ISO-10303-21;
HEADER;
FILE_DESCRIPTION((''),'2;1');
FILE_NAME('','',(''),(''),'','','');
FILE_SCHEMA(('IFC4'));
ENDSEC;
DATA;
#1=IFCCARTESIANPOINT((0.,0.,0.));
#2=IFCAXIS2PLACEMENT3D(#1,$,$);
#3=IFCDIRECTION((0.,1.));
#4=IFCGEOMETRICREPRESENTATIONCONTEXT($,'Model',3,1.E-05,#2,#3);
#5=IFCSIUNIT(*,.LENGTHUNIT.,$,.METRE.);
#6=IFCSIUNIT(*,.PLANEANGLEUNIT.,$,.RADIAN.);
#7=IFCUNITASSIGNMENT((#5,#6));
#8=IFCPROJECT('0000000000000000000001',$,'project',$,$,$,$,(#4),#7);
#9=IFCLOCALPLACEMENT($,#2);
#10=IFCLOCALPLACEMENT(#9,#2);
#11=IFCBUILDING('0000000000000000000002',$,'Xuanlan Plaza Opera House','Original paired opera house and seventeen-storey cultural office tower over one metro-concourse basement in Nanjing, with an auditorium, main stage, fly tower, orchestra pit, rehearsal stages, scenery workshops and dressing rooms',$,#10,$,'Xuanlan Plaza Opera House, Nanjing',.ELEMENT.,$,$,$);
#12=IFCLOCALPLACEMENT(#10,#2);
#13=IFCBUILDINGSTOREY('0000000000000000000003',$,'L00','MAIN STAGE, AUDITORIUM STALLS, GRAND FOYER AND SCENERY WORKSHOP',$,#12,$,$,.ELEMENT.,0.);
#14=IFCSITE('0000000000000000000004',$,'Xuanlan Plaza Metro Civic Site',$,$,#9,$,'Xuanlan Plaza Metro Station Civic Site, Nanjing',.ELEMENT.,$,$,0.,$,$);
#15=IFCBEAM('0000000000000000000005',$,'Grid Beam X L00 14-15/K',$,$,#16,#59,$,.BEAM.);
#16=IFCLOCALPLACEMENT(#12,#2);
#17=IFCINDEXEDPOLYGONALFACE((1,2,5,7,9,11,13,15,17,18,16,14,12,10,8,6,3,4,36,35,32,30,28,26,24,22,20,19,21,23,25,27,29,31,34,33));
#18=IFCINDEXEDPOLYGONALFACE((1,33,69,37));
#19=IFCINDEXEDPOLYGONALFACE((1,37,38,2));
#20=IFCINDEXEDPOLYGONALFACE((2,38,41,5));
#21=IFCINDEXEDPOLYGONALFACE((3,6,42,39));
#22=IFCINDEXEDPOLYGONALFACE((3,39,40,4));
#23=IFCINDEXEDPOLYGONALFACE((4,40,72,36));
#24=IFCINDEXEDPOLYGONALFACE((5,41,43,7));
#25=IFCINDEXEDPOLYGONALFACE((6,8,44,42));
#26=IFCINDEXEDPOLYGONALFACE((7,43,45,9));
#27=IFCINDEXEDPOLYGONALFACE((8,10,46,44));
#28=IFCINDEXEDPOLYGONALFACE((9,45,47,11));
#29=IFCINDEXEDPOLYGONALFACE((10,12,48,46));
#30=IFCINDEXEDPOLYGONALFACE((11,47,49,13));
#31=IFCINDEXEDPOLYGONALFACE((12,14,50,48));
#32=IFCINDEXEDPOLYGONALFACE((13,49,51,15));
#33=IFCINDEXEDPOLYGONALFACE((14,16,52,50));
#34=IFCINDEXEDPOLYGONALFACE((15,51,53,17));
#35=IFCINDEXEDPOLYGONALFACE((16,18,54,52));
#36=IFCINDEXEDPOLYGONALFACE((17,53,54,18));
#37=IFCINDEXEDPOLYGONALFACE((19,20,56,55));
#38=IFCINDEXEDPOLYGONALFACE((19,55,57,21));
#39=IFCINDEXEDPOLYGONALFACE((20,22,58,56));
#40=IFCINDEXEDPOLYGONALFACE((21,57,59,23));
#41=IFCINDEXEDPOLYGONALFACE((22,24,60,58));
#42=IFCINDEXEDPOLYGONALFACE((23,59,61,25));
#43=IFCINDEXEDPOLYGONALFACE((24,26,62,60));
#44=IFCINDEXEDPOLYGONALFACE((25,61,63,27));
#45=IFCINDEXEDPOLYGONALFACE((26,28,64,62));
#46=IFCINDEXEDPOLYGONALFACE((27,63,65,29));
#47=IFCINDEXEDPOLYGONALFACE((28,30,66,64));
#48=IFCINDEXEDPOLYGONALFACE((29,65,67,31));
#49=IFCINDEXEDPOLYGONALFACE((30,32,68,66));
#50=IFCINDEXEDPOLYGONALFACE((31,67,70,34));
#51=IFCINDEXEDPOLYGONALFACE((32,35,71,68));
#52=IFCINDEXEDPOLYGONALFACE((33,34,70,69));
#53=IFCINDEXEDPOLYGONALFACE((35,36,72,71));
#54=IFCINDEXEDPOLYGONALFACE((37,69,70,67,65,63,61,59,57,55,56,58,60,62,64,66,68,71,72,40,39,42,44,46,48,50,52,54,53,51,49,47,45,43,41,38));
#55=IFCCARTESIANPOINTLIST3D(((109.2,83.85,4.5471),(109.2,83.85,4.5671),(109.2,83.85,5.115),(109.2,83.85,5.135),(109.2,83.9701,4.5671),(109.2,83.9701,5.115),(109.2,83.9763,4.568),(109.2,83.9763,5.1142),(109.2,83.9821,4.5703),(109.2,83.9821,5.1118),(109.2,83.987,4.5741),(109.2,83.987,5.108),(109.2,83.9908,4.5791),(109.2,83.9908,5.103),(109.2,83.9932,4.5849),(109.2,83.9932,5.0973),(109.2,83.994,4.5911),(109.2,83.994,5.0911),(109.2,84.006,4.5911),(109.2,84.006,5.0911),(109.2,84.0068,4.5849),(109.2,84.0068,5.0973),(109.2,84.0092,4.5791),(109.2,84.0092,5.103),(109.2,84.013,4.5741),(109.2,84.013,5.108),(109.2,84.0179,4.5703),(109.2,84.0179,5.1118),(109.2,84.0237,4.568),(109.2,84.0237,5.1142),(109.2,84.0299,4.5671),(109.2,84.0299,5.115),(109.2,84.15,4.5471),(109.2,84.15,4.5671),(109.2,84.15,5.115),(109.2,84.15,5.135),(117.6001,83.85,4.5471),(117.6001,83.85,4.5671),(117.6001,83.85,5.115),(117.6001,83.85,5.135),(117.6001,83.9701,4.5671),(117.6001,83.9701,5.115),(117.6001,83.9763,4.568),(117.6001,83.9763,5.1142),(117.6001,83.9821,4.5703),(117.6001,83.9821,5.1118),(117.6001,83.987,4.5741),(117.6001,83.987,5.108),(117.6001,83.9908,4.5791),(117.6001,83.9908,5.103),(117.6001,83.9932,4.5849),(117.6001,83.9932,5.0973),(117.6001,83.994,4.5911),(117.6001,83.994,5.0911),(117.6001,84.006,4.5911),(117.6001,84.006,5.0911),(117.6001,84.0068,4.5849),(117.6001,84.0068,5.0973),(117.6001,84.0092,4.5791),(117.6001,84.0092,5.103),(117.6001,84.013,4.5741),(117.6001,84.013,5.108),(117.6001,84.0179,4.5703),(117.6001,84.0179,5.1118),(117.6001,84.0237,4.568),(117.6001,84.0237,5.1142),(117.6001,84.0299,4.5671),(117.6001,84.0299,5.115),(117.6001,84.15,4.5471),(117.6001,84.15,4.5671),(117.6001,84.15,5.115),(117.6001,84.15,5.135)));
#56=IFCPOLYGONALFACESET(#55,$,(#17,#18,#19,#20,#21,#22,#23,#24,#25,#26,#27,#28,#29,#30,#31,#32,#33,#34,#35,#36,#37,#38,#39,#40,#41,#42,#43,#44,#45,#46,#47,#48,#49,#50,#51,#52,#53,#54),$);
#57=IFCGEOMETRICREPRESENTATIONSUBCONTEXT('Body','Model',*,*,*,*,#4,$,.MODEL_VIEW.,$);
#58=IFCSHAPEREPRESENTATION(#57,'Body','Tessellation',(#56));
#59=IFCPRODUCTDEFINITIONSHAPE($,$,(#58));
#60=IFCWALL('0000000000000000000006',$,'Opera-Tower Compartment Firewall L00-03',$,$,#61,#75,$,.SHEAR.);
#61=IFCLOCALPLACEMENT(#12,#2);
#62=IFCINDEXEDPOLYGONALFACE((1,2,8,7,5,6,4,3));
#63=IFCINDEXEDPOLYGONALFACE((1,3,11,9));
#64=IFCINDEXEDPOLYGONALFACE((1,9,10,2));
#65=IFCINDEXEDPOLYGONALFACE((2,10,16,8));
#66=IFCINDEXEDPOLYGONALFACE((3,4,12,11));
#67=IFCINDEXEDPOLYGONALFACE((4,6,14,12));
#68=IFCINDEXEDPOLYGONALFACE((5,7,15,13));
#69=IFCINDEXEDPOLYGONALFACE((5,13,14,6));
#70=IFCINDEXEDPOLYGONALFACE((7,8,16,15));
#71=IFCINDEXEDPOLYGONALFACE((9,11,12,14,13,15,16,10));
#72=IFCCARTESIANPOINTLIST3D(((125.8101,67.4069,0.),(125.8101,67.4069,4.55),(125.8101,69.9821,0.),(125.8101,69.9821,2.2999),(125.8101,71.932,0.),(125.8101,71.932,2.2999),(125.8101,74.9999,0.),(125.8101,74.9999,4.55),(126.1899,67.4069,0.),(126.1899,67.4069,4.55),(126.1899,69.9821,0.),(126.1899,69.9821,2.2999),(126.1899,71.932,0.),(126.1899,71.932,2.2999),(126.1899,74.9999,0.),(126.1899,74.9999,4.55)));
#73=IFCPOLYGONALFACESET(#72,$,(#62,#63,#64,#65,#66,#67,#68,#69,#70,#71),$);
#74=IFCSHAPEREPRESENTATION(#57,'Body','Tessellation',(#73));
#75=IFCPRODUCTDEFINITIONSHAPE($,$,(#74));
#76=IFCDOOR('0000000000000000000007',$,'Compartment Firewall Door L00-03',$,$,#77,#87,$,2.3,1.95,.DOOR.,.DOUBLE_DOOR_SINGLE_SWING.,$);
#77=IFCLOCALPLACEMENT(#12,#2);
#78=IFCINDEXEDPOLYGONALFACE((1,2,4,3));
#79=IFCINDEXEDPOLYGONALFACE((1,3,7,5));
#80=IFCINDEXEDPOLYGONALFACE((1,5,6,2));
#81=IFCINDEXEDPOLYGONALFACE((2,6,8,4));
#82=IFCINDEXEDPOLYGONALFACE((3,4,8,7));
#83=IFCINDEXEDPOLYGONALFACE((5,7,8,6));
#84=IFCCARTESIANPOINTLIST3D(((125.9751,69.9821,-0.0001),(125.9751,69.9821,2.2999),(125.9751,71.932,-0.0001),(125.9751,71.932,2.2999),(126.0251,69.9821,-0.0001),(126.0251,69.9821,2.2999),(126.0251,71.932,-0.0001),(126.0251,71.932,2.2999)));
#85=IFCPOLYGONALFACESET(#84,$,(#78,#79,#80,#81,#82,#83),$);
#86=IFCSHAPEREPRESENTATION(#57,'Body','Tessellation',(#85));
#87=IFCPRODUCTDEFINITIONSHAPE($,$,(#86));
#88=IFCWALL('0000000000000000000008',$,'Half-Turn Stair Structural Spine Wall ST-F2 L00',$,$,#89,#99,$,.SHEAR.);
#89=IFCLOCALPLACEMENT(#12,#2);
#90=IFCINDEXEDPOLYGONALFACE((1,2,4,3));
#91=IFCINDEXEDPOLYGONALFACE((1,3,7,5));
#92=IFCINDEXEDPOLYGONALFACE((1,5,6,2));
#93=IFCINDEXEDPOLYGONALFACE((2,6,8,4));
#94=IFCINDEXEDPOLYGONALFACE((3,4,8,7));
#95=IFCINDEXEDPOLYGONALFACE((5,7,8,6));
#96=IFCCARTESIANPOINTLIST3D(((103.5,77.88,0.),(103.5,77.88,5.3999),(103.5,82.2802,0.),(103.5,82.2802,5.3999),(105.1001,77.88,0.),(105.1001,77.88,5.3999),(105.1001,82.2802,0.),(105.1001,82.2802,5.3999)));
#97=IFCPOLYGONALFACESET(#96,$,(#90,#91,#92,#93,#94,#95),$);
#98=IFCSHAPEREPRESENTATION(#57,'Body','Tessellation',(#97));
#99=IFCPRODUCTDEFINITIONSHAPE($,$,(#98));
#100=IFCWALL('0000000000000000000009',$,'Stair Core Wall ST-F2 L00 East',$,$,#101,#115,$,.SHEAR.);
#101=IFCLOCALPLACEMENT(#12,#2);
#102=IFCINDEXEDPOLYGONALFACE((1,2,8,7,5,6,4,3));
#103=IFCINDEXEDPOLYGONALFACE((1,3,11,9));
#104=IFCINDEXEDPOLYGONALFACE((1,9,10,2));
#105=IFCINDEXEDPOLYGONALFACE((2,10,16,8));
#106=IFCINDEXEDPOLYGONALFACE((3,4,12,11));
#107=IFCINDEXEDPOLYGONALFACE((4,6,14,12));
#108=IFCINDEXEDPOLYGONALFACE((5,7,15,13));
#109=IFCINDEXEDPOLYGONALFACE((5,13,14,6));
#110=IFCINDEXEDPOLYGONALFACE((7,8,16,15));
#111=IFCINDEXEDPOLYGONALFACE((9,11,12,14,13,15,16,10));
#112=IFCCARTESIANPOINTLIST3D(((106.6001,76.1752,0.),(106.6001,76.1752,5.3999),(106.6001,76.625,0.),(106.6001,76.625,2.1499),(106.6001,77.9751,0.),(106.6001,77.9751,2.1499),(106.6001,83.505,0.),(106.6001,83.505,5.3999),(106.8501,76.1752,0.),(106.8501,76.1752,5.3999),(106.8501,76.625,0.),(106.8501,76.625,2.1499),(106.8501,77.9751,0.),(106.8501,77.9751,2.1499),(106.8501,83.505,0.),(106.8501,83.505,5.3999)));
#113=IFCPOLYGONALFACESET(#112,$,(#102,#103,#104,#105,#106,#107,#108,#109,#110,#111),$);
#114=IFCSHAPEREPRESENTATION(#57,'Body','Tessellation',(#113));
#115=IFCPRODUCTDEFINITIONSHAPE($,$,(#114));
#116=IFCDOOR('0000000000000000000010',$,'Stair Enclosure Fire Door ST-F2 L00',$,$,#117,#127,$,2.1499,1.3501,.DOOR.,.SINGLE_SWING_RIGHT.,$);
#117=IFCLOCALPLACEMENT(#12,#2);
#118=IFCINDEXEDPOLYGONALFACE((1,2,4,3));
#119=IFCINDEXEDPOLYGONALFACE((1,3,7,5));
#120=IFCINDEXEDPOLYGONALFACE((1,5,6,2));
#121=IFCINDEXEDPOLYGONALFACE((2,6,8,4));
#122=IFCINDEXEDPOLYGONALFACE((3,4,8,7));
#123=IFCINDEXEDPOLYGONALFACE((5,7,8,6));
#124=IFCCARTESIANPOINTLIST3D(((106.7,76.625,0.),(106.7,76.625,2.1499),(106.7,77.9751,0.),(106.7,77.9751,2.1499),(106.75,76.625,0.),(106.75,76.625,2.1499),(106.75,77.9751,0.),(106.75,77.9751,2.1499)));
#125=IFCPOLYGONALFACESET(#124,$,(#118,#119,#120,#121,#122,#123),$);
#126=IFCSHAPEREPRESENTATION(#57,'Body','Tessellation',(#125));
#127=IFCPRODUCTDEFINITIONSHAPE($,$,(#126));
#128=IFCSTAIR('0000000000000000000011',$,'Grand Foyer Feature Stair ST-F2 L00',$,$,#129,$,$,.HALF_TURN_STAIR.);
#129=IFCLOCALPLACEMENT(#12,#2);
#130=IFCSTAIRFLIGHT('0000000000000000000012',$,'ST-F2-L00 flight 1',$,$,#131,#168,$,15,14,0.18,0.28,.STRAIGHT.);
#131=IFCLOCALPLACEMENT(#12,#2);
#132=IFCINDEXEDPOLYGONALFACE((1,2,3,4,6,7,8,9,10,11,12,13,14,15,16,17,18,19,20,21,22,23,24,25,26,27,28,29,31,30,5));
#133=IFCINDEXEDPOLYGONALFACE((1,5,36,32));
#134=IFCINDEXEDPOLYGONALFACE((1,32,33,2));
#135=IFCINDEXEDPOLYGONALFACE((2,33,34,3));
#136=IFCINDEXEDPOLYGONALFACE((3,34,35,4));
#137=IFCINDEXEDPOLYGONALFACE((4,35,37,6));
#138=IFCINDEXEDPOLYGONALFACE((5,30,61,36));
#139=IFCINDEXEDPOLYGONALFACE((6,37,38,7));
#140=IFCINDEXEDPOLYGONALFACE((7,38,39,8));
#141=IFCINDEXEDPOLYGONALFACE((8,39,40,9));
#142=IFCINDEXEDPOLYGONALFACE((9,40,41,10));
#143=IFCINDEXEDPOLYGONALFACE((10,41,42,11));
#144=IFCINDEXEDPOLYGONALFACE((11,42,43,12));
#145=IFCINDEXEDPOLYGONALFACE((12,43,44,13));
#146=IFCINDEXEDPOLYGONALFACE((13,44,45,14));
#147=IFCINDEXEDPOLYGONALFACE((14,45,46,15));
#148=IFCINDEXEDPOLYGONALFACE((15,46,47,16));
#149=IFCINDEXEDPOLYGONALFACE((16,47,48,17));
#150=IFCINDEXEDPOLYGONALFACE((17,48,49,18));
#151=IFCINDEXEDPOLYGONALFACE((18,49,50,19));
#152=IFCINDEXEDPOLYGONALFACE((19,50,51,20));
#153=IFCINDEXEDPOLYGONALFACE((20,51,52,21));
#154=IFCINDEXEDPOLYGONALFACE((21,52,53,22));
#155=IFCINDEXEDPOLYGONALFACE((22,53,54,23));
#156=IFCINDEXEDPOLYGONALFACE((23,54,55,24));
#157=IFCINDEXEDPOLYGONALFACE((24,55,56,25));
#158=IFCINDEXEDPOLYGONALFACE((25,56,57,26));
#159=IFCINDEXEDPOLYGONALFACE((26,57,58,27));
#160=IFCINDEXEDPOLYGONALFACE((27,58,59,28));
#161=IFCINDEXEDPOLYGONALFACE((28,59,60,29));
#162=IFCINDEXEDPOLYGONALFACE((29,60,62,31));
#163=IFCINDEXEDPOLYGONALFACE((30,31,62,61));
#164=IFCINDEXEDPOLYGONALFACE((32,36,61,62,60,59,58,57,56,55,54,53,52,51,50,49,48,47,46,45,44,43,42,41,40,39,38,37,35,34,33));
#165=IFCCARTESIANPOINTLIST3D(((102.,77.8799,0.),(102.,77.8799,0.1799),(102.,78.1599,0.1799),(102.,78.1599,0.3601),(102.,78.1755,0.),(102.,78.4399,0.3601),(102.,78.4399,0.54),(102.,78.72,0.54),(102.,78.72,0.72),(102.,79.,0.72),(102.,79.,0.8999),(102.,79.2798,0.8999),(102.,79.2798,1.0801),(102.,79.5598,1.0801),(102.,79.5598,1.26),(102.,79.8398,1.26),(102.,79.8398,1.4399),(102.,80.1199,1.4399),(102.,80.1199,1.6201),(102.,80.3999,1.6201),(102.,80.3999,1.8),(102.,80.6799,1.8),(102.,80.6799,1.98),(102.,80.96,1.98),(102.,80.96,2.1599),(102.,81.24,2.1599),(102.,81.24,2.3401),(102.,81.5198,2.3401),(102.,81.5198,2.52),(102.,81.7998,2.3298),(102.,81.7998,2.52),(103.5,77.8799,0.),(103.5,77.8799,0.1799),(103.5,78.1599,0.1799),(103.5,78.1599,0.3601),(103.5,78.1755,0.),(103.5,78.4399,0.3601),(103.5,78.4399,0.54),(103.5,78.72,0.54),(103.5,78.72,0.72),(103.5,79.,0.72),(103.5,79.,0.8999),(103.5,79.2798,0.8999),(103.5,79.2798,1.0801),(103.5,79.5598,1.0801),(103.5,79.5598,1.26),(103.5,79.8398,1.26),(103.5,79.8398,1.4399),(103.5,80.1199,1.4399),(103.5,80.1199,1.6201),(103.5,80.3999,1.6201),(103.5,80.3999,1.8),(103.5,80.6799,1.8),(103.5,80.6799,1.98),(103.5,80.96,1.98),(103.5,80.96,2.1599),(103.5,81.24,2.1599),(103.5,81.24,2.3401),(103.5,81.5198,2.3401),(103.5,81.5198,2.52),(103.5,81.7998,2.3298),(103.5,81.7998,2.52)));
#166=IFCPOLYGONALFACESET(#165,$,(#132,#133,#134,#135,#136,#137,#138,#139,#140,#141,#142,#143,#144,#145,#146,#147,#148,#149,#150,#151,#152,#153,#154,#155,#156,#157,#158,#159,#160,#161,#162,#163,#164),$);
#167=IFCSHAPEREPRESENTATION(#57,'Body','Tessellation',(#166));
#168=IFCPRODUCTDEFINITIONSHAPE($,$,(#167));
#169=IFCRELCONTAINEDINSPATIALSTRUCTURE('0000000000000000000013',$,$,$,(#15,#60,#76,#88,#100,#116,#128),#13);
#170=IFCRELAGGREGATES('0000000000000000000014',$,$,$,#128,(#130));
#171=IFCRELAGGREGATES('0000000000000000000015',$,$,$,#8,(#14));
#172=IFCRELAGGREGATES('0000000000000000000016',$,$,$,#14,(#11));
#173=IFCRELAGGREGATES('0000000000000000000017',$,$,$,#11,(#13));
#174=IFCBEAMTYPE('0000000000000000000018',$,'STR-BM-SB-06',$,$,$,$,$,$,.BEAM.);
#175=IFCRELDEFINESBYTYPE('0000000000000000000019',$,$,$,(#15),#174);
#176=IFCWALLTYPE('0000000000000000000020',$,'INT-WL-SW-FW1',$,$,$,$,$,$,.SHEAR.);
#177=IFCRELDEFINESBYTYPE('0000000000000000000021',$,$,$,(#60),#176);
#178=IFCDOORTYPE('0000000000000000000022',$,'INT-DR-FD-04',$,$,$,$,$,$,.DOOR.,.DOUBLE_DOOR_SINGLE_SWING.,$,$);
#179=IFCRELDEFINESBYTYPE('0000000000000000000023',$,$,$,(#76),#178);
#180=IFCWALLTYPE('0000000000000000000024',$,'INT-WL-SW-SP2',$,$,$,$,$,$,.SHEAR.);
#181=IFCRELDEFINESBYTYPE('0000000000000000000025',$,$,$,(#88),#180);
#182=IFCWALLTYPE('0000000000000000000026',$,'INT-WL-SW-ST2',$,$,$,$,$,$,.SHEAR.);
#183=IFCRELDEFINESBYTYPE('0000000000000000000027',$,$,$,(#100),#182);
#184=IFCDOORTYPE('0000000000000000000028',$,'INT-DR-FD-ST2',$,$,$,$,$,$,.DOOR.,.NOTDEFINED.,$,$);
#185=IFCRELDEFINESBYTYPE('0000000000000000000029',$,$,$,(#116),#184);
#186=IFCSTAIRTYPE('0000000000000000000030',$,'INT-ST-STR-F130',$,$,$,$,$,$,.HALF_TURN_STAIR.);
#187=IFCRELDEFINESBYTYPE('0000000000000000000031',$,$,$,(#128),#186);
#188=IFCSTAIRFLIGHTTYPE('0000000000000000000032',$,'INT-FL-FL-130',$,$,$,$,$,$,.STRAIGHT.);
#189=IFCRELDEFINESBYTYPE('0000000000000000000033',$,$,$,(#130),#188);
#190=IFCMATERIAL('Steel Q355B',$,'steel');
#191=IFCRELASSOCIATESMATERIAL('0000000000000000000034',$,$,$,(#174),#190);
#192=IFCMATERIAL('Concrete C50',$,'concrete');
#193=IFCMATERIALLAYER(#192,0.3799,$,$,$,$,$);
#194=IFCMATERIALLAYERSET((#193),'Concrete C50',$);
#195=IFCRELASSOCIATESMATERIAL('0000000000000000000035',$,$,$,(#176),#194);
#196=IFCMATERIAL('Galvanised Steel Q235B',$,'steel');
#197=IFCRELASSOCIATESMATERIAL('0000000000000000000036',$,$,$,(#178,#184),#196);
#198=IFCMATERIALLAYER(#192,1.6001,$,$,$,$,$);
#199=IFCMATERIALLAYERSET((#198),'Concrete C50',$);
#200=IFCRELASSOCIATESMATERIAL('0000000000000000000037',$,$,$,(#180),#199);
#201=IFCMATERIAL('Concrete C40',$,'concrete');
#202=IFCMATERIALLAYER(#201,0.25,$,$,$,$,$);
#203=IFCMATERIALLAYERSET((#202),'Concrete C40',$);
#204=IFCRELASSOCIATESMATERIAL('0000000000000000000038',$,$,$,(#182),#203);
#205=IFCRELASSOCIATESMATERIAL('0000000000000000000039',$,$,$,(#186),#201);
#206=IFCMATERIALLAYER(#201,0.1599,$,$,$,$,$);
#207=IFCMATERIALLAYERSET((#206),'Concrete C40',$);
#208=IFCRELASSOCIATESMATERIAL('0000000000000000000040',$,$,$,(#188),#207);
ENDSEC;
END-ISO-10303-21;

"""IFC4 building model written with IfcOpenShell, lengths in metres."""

from ifc_helpers import new_model, si_unit, direction, frame, frame_2d, origin, origin_2d, place, context, subcontext, project, spatial, polyline, rectangle, i_section, outline, extrude, material, layer, layer_set, material_profile, profile_set, type_object, element, fill, aggregate, save


model = new_model("IFC4")

# Units and contexts
model_context = context("Model", 3, precision=1e-05, world=origin(), true_north=direction((0.0, 1.0)))
body_context = subcontext(model_context, "Body", "Model", "MODEL_VIEW")
ifc_project = project(units=[si_unit("LENGTHUNIT", "METRE"), si_unit("PLANEANGLEUNIT", "RADIAN")], contexts=[model_context])

# Site, building, storey
site_placement = place(None, origin())
site = spatial("IfcSite", under=ifc_project, at=site_placement, Name="Xuanlan Plaza Metro Civic Site", LongName="Xuanlan Plaza Metro Station Civic Site, Nanjing", CompositionType="ELEMENT", RefElevation=0.0)
building_placement = place(site_placement, origin())
building = spatial("IfcBuilding", under=site, at=building_placement, Name="Xuanlan Plaza Opera House", Description="Original paired opera house and seventeen-storey cultural office tower over one metro-concourse basement in Nanjing, with an auditorium, main stage, fly tower, orchestra pit, rehearsal stages, scenery workshops and dressing rooms", LongName="Xuanlan Plaza Opera House, Nanjing", CompositionType="ELEMENT")
storey_placement = place(building_placement, origin())
storey = spatial("IfcBuildingStorey", under=building, at=storey_placement, Name="L00", Description="MAIN STAGE, AUDITORIUM STALLS, GRAND FOYER AND SCENERY WORKSHOP", CompositionType="ELEMENT", Elevation=0.0)

# Shared definitions
ifc_material_1 = material(Name="Concrete C50", Category="concrete")
ifc_material_2 = material(Name="Steel Q355B", Category="steel")

# Beam
ifc_material_3 = material(Name="Concrete C40", Category="concrete")
ifc_material_profile_1 = material_profile(ifc_material_2, i_section(OverallWidth=0.3, OverallDepth=0.5879, WebThickness=0.012, FlangeThickness=0.02, FilletRadius=0.0239, at=origin_2d()), Name="HM 588x300x12x20")
ifc_profile_set_1 = profile_set([ifc_material_profile_1], Name="Steel Q355B")
beam_type_1 = type_object("IfcBeamType", Name="STR-BM-SB-06", PredefinedType="BEAM", material=ifc_profile_set_1)
beam_1_placement = place(storey_placement, frame((109.2, 84.0, 4.8411), z_axis=(1.0, 0.0, 0.0), x_axis=(0.0, 1.0, 0.0)))
element("IfcBeam", 1, at=beam_1_placement, inside=storey, type_object=beam_type_1, Name="Grid Beam X L00 14-15/K", PredefinedType="BEAM", context=body_context, shape_type="SweptSolid", body=[
    extrude(i_section(OverallWidth=0.3, OverallDepth=0.5879, WebThickness=0.012, FlangeThickness=0.02, FilletRadius=0.0239, at=origin_2d()), origin(), (0.0, 0.0, 1.0), 8.4001),
])

# Wall, opening, door
ifc_layer_1 = layer(ifc_material_1, 0.3799)
ifc_layer_set_1 = layer_set([ifc_layer_1], Name="Concrete C50")
wall_type_1 = type_object("IfcWallType", Name="INT-WL-SW-FW1", PredefinedType="SHEAR", material=ifc_layer_set_1)
wall_1_placement = place(storey_placement, frame((126.0, 67.407, 0.0), z_axis=(0.0, 0.0, 1.0), x_axis=(0.0, 1.0, 0.0)))
wall_1 = element("IfcWall", 2, at=wall_1_placement, inside=storey, type_object=wall_type_1, Name="Opera-Tower Compartment Firewall L00-03", PredefinedType="SHEAR", context=body_context, shape_type="SweptSolid", body=[
    extrude(rectangle(XDim=7.593, YDim=0.3799, at=frame_2d((3.7964, 0.0))), origin(), (0.0, 0.0, 1.0), 4.55),
])
opening_1_placement = place(wall_1_placement, frame((2.575, 0.0, 0.0)))
opening_1 = element("IfcOpeningElement", 3, at=opening_1_placement, cuts=wall_1, PredefinedType="OPENING", context=body_context, shape_type="SweptSolid", body=[
    extrude(rectangle(XDim=1.95, YDim=2.3, at=frame_2d((0.9751, 1.1499))), frame((0.0, 0.2, 0.0), z_axis=(0.0, -1.0, 0.0), x_axis=(1.0, 0.0, 0.0)), (0.0, 0.0, 1.0), 0.3999),
])
ifc_material_4 = material(Name="Galvanised Steel Q235B", Category="steel")
door_type_1 = type_object("IfcDoorType", Name="INT-DR-FD-04", OperationType="DOUBLE_DOOR_SINGLE_SWING", PredefinedType="DOOR", material=ifc_material_4)
door_1_placement = place(opening_1_placement, origin())
door_1 = element("IfcDoor", 4, at=door_1_placement, inside=storey, type_object=door_type_1, Name="Compartment Firewall Door L00-03", OperationType="DOUBLE_DOOR_SINGLE_SWING", OverallHeight=2.3, OverallWidth=1.95, PredefinedType="DOOR", context=body_context, shape_type="SweptSolid", body=[
    extrude(rectangle(XDim=1.95, YDim=2.3, at=frame_2d((0.9751, 1.1499))), frame((0.0, 0.0249, 0.0), z_axis=(0.0, -1.0, 0.0), x_axis=(1.0, 0.0, 0.0)), (0.0, 0.0, 1.0), 0.05),
])
fill(opening_1, door_1)

# Wall
ifc_layer_2 = layer(ifc_material_1, 1.6001)
ifc_layer_set_2 = layer_set([ifc_layer_2], Name="Concrete C50")
wall_type_2 = type_object("IfcWallType", Name="INT-WL-SW-SP2", PredefinedType="SHEAR", material=ifc_layer_set_2)
wall_2_placement = place(storey_placement, frame((104.3, 77.8799, 0.0), z_axis=(0.0, 0.0, 1.0), x_axis=(0.0, 1.0, 0.0)))
element("IfcWall", 5, at=wall_2_placement, inside=storey, type_object=wall_type_2, Name="Half-Turn Stair Structural Spine Wall ST-F2 L00", PredefinedType="SHEAR", context=body_context, shape_type="SweptSolid", body=[
    extrude(rectangle(XDim=4.4001, YDim=1.6001, at=frame_2d((2.2002, 0.0))), origin(), (0.0, 0.0, 1.0), 5.3999),
])

# Wall, opening, door
ifc_layer_3 = layer(ifc_material_3, 0.25)
ifc_layer_set_3 = layer_set([ifc_layer_3], Name="Concrete C40")
wall_type_3 = type_object("IfcWallType", Name="INT-WL-SW-ST2", PredefinedType="SHEAR", material=ifc_layer_set_3)
wall_3_placement = place(storey_placement, frame((106.7251, 76.175, 0.0), z_axis=(0.0, 0.0, 1.0), x_axis=(0.0, 1.0, 0.0)))
wall_3 = element("IfcWall", 6, at=wall_3_placement, inside=storey, type_object=wall_type_3, Name="Stair Core Wall ST-F2 L00 East", PredefinedType="SHEAR", context=body_context, shape_type="SweptSolid", body=[
    extrude(rectangle(XDim=7.3298, YDim=0.25, at=frame_2d((3.665, 0.0))), origin(), (0.0, 0.0, 1.0), 5.3999),
])
opening_2_placement = place(wall_3_placement, frame((0.45, 0.0, 0.0)))
opening_2 = element("IfcOpeningElement", 7, at=opening_2_placement, cuts=wall_3, PredefinedType="OPENING", context=body_context, shape_type="SweptSolid", body=[
    extrude(rectangle(XDim=1.3501, YDim=2.1499, at=frame_2d((0.675, 1.075))), frame((0.0, 0.135, 0.0), z_axis=(0.0, -1.0, 0.0), x_axis=(1.0, 0.0, 0.0)), (0.0, 0.0, 1.0), 0.27),
])
door_type_2 = type_object("IfcDoorType", Name="INT-DR-FD-ST2", OperationType="NOTDEFINED", PredefinedType="DOOR", material=ifc_material_4)
door_2_placement = place(opening_2_placement, frame((1.3501, 0.0, 0.0), z_axis=(0.0, 0.0, 1.0), x_axis=(-1.0, 0.0, 0.0)))
door_2 = element("IfcDoor", 8, at=door_2_placement, inside=storey, type_object=door_type_2, Name="Stair Enclosure Fire Door ST-F2 L00", OperationType="SINGLE_SWING_RIGHT", OverallHeight=2.1499, OverallWidth=1.3501, PredefinedType="DOOR", context=body_context, shape_type="SweptSolid", body=[
    extrude(rectangle(XDim=1.3501, YDim=2.1499, at=frame_2d((0.675, 1.075))), frame((0.0, 0.0249, 0.0), z_axis=(0.0, -1.0, 0.0), x_axis=(1.0, 0.0, 0.0)), (0.0, 0.0, 1.0), 0.05),
])
fill(opening_2, door_2)

# Stair, stair flight
stair_type = type_object("IfcStairType", Name="INT-ST-STR-F130", PredefinedType="HALF_TURN_STAIR", material=ifc_material_3)
stair_placement = place(storey_placement, origin())
stair = element("IfcStair", 9, at=stair_placement, inside=storey, type_object=stair_type, Name="Grand Foyer Feature Stair ST-F2 L00", PredefinedType="HALF_TURN_STAIR")
ifc_layer_4 = layer(ifc_material_3, 0.1599)
ifc_layer_set_4 = layer_set([ifc_layer_4], Name="Concrete C40")
stair_flight_type = type_object("IfcStairFlightType", Name="INT-FL-FL-130", PredefinedType="STRAIGHT", material=ifc_layer_set_4)
stair_flight_1_placement = place(storey_placement, frame((102.75, 77.8799, 0.0), z_axis=(0.0, 0.0, 1.0), x_axis=(0.0, 1.0, 0.0)))
stair_flight_1 = element("IfcStairFlight", 10, at=stair_flight_1_placement, type_object=stair_flight_type, Name="ST-F2-L00 flight 1", NumberOfRisers=15, NumberOfTreads=14, PredefinedType="STRAIGHT", RiserHeight=0.18, TreadLength=0.28, context=body_context, shape_type="SweptSolid", body=[
    extrude(outline(polyline([(0.0, 0.0), (0.0, 0.1799), (0.28, 0.1799), (0.28, 0.3601), (0.5601, 0.3601), (0.5601, 0.54), (0.8401, 0.54), (0.8401, 0.72), (1.1201, 0.72), (1.1201, 0.8999), (1.3999, 0.8999), (1.3999, 1.0801), (1.6799, 1.0801), (1.6799, 1.26), (1.96, 1.26), (1.96, 1.4399), (2.24, 1.4399), (2.24, 1.6201), (2.52, 1.6201), (2.52, 1.8), (2.8, 1.8), (2.8, 1.98), (3.0801, 1.98), (3.0801, 2.1599), (3.3601, 2.1599), (3.3601, 2.3401), (3.6399, 2.3401), (3.6399, 2.52), (3.9199, 2.52), (3.9199, 2.7), (3.9199, 2.3298), (0.2957, 0.0), (0.0, 0.0)])), frame((0.0, 0.75, 0.0), z_axis=(0.0, -1.0, 0.0), x_axis=(1.0, 0.0, 0.0)), (0.0, 0.0, 1.0), 1.5),
])
aggregate(stair, [stair_flight_1])

save(model, "model.ifc")
